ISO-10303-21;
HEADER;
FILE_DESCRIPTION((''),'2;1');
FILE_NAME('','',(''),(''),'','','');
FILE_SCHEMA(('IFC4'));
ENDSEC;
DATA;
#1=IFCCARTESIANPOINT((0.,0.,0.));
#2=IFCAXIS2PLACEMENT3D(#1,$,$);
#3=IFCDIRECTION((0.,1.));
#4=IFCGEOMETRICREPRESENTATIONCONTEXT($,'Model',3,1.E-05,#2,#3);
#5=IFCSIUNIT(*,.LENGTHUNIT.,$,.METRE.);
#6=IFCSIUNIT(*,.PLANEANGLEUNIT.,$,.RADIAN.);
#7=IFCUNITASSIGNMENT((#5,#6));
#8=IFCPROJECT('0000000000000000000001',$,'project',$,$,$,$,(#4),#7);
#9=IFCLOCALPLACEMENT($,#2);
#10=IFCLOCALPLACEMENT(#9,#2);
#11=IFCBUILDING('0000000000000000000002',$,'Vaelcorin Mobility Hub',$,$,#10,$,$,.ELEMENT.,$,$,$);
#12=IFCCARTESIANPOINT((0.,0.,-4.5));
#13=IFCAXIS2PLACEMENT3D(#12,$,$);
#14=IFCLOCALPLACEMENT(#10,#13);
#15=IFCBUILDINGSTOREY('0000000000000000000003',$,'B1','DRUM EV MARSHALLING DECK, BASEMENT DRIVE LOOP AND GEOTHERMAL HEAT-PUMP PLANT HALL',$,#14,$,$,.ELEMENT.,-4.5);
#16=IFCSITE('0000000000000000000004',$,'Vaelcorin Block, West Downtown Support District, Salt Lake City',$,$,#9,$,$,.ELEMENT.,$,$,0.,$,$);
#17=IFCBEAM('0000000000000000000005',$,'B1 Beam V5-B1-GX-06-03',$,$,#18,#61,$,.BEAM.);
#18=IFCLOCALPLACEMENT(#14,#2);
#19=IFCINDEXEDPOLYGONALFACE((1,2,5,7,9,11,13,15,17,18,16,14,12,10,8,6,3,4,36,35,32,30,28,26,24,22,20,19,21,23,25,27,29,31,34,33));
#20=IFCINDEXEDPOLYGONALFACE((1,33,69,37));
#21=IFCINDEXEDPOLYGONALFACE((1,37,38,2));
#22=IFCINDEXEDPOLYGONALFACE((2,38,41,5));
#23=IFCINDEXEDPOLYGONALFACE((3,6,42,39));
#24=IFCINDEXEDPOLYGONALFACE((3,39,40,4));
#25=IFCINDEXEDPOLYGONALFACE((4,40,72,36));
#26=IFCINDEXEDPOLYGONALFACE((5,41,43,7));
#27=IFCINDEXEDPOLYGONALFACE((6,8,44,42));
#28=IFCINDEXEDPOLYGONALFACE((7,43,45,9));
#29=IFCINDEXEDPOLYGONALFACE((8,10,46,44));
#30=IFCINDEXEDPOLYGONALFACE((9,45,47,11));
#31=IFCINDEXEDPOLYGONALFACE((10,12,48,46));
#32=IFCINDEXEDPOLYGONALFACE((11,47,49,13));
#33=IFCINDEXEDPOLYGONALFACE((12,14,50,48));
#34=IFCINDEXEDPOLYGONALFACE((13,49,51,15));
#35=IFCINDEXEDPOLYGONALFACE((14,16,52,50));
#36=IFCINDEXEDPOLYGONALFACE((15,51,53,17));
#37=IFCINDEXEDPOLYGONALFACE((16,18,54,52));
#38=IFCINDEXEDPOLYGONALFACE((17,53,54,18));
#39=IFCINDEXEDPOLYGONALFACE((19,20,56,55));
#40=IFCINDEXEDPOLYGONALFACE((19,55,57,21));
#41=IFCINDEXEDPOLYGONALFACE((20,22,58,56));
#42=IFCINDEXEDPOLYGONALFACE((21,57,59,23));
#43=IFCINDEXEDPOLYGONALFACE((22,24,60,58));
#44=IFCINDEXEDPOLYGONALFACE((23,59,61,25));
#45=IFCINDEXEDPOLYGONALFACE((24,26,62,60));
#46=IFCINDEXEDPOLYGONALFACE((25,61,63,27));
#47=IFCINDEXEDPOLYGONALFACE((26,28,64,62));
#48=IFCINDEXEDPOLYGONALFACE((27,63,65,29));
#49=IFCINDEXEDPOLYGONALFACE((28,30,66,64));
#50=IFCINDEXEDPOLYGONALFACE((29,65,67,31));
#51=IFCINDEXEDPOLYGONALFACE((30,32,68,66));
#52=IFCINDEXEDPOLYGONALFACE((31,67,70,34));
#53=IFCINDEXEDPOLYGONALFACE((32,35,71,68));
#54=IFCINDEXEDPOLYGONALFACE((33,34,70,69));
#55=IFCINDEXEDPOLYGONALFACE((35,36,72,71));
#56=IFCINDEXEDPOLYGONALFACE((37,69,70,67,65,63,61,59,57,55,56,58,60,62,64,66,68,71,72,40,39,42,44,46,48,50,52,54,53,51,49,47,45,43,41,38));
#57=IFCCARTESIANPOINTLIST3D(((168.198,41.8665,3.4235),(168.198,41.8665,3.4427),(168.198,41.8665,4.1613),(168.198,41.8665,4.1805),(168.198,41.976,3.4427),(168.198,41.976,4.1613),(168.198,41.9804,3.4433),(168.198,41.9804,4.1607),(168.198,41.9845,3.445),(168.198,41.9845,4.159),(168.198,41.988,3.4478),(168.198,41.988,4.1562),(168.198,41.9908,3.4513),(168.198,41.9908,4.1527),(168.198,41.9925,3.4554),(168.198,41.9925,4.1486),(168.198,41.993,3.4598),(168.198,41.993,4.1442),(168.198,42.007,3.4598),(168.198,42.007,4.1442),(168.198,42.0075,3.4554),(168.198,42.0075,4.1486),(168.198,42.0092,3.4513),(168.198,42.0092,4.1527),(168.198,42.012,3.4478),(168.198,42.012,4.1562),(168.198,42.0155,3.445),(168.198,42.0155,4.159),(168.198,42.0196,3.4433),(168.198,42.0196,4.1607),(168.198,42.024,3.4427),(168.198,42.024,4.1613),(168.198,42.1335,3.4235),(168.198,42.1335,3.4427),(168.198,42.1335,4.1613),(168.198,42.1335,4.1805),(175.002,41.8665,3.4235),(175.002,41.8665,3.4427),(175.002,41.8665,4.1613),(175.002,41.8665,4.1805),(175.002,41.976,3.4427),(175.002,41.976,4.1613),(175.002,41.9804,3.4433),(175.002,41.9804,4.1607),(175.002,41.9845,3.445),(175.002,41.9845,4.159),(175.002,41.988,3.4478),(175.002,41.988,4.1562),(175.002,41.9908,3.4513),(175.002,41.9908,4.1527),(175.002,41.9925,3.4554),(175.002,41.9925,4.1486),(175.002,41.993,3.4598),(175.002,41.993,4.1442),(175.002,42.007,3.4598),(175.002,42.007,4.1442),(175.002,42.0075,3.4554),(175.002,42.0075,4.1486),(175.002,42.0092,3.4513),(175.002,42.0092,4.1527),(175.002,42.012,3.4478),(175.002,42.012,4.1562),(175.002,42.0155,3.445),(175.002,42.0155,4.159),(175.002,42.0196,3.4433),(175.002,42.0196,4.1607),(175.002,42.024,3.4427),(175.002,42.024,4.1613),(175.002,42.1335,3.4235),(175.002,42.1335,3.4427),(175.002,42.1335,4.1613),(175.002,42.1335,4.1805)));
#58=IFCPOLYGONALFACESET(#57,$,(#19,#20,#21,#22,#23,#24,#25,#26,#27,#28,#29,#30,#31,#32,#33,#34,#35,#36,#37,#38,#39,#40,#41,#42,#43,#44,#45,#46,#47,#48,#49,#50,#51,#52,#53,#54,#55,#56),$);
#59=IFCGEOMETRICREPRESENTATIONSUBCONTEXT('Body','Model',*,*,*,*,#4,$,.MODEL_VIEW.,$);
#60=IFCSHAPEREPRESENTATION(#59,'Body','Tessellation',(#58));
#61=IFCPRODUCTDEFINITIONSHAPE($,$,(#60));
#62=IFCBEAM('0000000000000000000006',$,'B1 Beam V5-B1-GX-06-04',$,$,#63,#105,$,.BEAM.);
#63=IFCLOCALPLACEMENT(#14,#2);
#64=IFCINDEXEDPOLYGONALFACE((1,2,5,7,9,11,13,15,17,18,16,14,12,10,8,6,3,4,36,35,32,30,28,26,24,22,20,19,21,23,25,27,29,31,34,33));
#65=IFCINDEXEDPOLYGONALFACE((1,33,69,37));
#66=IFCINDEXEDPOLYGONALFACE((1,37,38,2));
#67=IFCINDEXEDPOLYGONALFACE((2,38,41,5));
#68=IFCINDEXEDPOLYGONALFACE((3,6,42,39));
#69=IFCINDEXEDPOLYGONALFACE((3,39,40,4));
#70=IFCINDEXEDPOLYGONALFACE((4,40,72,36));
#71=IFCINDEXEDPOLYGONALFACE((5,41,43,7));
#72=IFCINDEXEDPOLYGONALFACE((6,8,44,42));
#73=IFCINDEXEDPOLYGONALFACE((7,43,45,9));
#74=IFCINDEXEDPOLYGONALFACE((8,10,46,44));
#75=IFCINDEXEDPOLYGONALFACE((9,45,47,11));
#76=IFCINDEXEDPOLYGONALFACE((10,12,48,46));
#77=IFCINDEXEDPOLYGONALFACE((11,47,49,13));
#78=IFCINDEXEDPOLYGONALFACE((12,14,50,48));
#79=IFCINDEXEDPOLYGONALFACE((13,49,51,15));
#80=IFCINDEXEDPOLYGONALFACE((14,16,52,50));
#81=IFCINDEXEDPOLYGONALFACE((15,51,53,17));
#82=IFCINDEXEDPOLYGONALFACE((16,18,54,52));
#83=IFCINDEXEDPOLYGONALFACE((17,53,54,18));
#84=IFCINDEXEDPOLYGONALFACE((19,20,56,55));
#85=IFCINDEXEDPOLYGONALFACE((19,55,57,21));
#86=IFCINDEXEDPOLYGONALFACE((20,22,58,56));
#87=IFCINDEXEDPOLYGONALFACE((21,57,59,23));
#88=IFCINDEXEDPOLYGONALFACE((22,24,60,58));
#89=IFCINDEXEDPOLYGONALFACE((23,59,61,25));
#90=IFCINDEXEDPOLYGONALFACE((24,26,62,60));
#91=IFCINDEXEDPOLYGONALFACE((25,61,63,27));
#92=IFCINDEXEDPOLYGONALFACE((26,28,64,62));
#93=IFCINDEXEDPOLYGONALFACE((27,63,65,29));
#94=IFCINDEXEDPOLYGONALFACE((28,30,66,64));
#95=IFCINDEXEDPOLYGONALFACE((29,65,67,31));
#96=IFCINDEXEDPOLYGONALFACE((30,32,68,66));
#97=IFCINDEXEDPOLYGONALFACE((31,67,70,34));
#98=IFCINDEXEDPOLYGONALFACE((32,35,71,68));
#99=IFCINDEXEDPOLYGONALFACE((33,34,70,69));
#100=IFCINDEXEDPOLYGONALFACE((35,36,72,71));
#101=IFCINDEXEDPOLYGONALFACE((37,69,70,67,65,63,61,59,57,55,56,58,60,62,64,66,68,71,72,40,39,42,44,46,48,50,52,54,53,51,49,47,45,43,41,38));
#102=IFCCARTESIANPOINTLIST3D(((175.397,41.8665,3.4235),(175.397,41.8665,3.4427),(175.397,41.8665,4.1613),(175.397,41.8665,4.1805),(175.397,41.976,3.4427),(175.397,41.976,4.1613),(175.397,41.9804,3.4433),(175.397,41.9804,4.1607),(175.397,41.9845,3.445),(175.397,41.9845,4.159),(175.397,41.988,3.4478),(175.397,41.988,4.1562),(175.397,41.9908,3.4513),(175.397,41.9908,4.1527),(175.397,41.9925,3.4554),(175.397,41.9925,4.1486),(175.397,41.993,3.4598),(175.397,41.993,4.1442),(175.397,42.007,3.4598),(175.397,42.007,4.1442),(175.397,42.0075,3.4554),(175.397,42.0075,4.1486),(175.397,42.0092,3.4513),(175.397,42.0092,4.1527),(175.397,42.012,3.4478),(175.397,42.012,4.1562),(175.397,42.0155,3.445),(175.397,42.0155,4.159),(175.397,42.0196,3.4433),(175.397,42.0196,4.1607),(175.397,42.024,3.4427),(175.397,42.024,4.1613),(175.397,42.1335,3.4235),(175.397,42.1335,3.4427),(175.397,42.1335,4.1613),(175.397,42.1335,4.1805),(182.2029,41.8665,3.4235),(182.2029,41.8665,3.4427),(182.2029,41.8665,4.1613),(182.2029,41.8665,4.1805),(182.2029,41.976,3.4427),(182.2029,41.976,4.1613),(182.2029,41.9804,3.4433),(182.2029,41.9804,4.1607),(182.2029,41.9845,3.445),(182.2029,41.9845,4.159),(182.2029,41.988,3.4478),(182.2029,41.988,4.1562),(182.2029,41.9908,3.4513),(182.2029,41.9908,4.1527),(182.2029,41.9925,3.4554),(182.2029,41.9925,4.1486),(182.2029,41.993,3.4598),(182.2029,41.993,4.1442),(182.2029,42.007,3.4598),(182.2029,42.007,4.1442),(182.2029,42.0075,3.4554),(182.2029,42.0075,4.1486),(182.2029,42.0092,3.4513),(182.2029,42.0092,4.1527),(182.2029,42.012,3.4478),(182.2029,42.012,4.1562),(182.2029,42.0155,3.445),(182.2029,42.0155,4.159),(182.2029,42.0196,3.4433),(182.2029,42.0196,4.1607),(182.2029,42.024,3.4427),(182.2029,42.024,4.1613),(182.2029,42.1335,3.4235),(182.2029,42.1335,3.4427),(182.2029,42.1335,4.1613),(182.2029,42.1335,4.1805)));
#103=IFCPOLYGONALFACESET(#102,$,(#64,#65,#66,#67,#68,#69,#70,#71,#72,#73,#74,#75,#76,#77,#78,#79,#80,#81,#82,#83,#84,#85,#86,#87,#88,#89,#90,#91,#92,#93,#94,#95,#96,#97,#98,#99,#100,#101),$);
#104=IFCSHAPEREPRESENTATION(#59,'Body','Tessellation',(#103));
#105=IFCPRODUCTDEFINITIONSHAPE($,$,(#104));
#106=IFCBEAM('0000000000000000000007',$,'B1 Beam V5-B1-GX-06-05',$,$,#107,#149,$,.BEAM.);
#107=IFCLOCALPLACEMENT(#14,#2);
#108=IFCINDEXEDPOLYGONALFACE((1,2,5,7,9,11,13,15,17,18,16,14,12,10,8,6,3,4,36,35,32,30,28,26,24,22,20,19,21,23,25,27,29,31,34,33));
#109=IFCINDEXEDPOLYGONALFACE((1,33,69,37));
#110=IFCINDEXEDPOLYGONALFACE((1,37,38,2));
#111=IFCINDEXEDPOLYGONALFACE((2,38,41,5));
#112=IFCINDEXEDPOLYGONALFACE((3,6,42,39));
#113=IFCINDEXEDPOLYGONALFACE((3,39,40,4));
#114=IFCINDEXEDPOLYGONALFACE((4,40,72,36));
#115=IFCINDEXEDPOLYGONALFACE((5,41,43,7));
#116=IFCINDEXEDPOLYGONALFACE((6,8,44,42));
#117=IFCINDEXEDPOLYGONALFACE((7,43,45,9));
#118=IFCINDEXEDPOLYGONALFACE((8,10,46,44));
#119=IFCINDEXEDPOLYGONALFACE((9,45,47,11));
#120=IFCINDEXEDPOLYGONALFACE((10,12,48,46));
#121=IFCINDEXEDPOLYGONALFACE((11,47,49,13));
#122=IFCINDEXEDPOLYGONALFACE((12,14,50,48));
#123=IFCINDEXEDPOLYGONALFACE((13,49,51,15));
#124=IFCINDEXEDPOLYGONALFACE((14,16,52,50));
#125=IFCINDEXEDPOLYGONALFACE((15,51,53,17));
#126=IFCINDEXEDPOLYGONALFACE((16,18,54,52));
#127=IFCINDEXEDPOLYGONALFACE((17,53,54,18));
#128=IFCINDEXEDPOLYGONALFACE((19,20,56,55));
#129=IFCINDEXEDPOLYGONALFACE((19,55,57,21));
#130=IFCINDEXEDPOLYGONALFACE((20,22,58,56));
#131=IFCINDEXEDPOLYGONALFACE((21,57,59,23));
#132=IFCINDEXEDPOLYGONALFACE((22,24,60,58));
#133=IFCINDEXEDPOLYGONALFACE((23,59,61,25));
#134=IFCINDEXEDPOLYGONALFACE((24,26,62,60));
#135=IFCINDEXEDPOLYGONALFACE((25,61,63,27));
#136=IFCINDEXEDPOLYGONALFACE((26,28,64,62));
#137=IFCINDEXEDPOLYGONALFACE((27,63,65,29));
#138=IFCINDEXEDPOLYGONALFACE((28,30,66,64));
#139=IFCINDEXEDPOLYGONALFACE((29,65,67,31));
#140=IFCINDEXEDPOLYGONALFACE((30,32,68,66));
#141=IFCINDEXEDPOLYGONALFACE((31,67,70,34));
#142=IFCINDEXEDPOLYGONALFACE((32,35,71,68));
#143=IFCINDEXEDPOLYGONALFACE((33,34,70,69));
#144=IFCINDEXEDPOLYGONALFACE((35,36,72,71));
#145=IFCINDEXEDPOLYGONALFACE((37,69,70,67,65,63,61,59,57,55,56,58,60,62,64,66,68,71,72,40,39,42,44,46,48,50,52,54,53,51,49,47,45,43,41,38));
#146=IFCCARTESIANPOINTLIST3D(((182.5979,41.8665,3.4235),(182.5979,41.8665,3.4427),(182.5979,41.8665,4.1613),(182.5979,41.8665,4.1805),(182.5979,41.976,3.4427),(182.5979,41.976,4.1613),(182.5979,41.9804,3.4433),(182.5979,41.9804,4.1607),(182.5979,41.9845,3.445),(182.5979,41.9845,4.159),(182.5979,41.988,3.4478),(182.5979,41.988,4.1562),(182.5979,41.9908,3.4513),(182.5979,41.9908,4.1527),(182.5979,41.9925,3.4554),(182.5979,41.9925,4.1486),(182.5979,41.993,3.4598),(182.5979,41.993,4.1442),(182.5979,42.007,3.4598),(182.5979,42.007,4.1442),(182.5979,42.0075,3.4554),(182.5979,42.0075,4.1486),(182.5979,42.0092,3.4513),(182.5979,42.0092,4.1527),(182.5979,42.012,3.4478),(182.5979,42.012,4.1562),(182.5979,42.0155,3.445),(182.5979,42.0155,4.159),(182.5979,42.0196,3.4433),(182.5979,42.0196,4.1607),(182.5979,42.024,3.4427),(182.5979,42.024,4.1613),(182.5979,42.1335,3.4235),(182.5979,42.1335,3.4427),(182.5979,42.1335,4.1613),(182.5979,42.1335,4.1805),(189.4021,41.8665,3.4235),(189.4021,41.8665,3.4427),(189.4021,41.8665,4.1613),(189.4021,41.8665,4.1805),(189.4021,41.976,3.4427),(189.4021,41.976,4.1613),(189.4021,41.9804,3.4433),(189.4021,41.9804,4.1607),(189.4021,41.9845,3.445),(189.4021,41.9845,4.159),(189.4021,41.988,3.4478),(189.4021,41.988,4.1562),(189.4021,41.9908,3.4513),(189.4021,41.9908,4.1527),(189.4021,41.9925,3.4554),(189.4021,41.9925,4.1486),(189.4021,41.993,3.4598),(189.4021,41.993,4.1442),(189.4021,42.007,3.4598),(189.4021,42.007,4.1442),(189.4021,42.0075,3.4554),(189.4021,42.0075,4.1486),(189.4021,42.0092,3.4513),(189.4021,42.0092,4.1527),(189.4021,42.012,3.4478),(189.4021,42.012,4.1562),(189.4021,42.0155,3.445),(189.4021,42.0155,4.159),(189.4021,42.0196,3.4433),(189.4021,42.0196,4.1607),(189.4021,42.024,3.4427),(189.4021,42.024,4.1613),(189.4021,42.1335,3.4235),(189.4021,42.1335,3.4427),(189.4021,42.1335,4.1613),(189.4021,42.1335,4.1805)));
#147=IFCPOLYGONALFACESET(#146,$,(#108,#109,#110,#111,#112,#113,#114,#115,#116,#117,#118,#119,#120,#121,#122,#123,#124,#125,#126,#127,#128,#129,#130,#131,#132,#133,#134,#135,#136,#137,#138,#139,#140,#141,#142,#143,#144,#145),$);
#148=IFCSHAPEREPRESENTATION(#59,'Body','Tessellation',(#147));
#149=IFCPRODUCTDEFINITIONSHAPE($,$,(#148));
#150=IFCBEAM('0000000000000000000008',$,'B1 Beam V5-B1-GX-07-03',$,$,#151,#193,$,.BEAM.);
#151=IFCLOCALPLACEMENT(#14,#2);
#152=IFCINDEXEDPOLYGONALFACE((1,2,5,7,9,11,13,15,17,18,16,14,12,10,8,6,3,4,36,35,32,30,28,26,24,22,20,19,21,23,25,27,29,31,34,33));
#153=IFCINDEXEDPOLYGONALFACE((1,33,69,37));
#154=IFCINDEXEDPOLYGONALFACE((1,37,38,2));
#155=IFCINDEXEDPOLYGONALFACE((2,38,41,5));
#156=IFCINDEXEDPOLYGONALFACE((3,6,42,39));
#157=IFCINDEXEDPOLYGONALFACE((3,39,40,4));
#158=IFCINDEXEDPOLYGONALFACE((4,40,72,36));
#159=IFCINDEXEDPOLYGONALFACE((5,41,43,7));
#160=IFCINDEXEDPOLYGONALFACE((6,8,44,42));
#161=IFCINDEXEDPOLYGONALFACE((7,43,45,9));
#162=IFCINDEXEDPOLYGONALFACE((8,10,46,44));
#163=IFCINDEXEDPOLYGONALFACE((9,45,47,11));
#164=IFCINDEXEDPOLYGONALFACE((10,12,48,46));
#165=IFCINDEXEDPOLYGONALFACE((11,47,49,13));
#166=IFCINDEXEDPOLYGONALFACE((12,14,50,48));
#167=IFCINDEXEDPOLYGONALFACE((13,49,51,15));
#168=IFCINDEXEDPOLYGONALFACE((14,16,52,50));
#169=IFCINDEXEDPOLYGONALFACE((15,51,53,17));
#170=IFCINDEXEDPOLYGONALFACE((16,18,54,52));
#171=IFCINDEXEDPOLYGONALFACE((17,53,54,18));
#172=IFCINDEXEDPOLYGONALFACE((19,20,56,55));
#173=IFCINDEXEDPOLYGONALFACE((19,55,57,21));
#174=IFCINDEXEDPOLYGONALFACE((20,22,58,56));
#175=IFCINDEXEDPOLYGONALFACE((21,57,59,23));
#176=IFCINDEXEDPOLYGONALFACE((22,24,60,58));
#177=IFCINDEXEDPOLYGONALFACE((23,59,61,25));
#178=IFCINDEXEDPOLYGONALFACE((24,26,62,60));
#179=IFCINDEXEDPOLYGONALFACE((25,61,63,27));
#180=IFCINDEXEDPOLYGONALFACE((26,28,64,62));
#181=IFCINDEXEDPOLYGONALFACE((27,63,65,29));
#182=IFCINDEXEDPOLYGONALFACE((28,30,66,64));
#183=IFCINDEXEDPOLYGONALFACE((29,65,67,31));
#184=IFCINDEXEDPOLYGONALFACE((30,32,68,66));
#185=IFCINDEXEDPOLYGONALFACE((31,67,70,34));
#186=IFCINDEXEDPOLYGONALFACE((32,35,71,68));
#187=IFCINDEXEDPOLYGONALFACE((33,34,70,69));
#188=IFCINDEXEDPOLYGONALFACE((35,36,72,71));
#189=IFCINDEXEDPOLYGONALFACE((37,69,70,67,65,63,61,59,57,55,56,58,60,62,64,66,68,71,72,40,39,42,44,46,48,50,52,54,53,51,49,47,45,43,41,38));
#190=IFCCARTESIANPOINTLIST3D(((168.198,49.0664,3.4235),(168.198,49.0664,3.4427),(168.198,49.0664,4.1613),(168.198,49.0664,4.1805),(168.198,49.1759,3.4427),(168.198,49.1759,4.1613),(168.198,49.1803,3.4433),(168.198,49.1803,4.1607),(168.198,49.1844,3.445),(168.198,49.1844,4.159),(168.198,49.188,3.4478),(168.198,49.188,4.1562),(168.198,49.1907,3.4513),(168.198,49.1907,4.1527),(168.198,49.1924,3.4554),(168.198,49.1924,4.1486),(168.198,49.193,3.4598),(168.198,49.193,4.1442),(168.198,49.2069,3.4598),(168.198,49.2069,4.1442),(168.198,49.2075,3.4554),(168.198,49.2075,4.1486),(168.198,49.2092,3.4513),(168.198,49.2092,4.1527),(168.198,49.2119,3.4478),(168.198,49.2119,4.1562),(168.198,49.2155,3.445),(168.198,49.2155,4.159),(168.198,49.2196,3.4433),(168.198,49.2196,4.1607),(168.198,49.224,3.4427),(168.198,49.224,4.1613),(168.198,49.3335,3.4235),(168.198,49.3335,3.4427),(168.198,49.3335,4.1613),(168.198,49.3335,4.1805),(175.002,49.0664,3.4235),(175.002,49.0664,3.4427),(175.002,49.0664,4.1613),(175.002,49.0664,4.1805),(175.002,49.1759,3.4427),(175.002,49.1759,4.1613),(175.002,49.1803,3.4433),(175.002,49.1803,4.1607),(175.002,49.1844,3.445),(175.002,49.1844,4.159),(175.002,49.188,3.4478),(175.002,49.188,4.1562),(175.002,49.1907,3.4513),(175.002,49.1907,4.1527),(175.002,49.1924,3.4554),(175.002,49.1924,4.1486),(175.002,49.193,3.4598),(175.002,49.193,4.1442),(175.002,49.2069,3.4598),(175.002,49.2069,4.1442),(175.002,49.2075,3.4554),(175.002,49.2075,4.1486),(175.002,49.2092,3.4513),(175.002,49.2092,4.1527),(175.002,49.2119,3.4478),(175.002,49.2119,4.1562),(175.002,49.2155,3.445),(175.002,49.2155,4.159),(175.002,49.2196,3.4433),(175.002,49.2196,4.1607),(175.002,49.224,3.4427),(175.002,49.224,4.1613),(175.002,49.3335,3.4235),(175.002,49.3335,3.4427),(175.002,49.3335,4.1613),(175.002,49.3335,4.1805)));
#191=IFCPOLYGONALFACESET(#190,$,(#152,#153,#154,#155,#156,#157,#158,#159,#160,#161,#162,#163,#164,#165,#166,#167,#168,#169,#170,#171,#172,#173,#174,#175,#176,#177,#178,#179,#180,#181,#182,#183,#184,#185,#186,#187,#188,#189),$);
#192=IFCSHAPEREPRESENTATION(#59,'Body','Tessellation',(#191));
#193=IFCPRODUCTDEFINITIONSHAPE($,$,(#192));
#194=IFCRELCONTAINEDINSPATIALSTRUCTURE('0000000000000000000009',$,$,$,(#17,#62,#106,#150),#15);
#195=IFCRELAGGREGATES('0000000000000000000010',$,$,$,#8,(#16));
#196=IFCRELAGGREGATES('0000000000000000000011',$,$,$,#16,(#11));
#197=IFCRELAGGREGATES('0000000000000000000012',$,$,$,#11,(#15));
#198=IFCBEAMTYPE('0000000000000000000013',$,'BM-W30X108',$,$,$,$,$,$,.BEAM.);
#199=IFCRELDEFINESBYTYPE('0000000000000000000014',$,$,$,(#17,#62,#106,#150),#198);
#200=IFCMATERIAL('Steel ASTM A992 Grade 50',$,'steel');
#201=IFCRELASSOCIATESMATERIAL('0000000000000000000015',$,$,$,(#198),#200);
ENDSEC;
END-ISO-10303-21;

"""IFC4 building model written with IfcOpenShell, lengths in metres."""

from ifc_helpers import new_model, si_unit, direction, frame, origin, origin_2d, place, context, subcontext, project, spatial, i_section, extrude, material, material_profile, profile_set, type_object, element, save


model = new_model("IFC4")

# Units and contexts
model_context = context("Model", 3, precision=1e-05, world=origin(), true_north=direction((0.0, 1.0)))
body_context = subcontext(model_context, "Body", "Model", "MODEL_VIEW")
ifc_project = project(units=[si_unit("LENGTHUNIT", "METRE"), si_unit("PLANEANGLEUNIT", "RADIAN")], contexts=[model_context])

# Site, building, storey
site_placement = place(None, origin())
site = spatial("IfcSite", under=ifc_project, at=site_placement, Name="Vaelcorin Block, West Downtown Support District, Salt Lake City", CompositionType="ELEMENT", RefElevation=0.0)
building_placement = place(site_placement, origin())
building = spatial("IfcBuilding", under=site, at=building_placement, Name="Vaelcorin Mobility Hub", CompositionType="ELEMENT")
storey_placement = place(building_placement, frame((0.0, 0.0, -4.5)))
storey = spatial("IfcBuildingStorey", under=building, at=storey_placement, Name="B1", Description="DRUM EV MARSHALLING DECK, BASEMENT DRIVE LOOP AND GEOTHERMAL HEAT-PUMP PLANT HALL", CompositionType="ELEMENT", Elevation=-4.5)

# Shared definitions
ifc_material_1 = material(Name="Steel ASTM A992 Grade 50", Category="steel")

# Beams
ifc_material_profile_1 = material_profile(ifc_material_1, i_section(OverallWidth=0.2671, OverallDepth=0.7571, WebThickness=0.0139, FlangeThickness=0.0193, FilletRadius=0.0171, at=origin_2d()), Name="W30X108")
ifc_profile_set_1 = profile_set([ifc_material_profile_1], Name="Steel ASTM A992 Grade 50")
beam_type_1 = type_object("IfcBeamType", Name="BM-W30X108", PredefinedType="BEAM", material=ifc_profile_set_1)
beam_1_placement = place(storey_placement, frame((168.198, 42.0, 3.802), z_axis=(1.0, 0.0, 0.0), x_axis=(0.0, 1.0, 0.0)))
element("IfcBeam", 1, at=beam_1_placement, inside=storey, type_object=beam_type_1, Name="B1 Beam V5-B1-GX-06-03", PredefinedType="BEAM", context=body_context, shape_type="SweptSolid", body=[
    extrude(i_section(OverallWidth=0.2671, OverallDepth=0.7571, WebThickness=0.0139, FlangeThickness=0.0193, FilletRadius=0.0171, at=origin_2d()), origin(), (0.0, 0.0, 1.0), 6.804),
])
beam_2_placement = place(storey_placement, frame((175.397, 42.0, 3.802), z_axis=(1.0, 0.0, 0.0), x_axis=(0.0, 1.0, 0.0)))
element("IfcBeam", 2, at=beam_2_placement, inside=storey, type_object=beam_type_1, Name="B1 Beam V5-B1-GX-06-04", PredefinedType="BEAM", context=body_context, shape_type="SweptSolid", body=[
    extrude(i_section(OverallWidth=0.2671, OverallDepth=0.7571, WebThickness=0.0139, FlangeThickness=0.0193, FilletRadius=0.0171, at=origin_2d()), origin(), (0.0, 0.0, 1.0), 6.8059),
])
beam_3_placement = place(storey_placement, frame((182.5979, 42.0, 3.802), z_axis=(1.0, 0.0, 0.0), x_axis=(0.0, 1.0, 0.0)))
element("IfcBeam", 3, at=beam_3_placement, inside=storey, type_object=beam_type_1, Name="B1 Beam V5-B1-GX-06-05", PredefinedType="BEAM", context=body_context, shape_type="SweptSolid", body=[
    extrude(i_section(OverallWidth=0.2671, OverallDepth=0.7571, WebThickness=0.0139, FlangeThickness=0.0193, FilletRadius=0.0171, at=origin_2d()), origin(), (0.0, 0.0, 1.0), 6.8042),
])
beam_4_placement = place(storey_placement, frame((168.198, 49.2, 3.802), z_axis=(1.0, 0.0, 0.0), x_axis=(0.0, 1.0, 0.0)))
element("IfcBeam", 4, at=beam_4_placement, inside=storey, type_object=beam_type_1, Name="B1 Beam V5-B1-GX-07-03", PredefinedType="BEAM", context=body_context, shape_type="SweptSolid", body=[
    extrude(i_section(OverallWidth=0.2671, OverallDepth=0.7571, WebThickness=0.0139, FlangeThickness=0.0193, FilletRadius=0.0171, at=origin_2d()), origin(), (0.0, 0.0, 1.0), 6.804),
])

save(model, "model.ifc")
